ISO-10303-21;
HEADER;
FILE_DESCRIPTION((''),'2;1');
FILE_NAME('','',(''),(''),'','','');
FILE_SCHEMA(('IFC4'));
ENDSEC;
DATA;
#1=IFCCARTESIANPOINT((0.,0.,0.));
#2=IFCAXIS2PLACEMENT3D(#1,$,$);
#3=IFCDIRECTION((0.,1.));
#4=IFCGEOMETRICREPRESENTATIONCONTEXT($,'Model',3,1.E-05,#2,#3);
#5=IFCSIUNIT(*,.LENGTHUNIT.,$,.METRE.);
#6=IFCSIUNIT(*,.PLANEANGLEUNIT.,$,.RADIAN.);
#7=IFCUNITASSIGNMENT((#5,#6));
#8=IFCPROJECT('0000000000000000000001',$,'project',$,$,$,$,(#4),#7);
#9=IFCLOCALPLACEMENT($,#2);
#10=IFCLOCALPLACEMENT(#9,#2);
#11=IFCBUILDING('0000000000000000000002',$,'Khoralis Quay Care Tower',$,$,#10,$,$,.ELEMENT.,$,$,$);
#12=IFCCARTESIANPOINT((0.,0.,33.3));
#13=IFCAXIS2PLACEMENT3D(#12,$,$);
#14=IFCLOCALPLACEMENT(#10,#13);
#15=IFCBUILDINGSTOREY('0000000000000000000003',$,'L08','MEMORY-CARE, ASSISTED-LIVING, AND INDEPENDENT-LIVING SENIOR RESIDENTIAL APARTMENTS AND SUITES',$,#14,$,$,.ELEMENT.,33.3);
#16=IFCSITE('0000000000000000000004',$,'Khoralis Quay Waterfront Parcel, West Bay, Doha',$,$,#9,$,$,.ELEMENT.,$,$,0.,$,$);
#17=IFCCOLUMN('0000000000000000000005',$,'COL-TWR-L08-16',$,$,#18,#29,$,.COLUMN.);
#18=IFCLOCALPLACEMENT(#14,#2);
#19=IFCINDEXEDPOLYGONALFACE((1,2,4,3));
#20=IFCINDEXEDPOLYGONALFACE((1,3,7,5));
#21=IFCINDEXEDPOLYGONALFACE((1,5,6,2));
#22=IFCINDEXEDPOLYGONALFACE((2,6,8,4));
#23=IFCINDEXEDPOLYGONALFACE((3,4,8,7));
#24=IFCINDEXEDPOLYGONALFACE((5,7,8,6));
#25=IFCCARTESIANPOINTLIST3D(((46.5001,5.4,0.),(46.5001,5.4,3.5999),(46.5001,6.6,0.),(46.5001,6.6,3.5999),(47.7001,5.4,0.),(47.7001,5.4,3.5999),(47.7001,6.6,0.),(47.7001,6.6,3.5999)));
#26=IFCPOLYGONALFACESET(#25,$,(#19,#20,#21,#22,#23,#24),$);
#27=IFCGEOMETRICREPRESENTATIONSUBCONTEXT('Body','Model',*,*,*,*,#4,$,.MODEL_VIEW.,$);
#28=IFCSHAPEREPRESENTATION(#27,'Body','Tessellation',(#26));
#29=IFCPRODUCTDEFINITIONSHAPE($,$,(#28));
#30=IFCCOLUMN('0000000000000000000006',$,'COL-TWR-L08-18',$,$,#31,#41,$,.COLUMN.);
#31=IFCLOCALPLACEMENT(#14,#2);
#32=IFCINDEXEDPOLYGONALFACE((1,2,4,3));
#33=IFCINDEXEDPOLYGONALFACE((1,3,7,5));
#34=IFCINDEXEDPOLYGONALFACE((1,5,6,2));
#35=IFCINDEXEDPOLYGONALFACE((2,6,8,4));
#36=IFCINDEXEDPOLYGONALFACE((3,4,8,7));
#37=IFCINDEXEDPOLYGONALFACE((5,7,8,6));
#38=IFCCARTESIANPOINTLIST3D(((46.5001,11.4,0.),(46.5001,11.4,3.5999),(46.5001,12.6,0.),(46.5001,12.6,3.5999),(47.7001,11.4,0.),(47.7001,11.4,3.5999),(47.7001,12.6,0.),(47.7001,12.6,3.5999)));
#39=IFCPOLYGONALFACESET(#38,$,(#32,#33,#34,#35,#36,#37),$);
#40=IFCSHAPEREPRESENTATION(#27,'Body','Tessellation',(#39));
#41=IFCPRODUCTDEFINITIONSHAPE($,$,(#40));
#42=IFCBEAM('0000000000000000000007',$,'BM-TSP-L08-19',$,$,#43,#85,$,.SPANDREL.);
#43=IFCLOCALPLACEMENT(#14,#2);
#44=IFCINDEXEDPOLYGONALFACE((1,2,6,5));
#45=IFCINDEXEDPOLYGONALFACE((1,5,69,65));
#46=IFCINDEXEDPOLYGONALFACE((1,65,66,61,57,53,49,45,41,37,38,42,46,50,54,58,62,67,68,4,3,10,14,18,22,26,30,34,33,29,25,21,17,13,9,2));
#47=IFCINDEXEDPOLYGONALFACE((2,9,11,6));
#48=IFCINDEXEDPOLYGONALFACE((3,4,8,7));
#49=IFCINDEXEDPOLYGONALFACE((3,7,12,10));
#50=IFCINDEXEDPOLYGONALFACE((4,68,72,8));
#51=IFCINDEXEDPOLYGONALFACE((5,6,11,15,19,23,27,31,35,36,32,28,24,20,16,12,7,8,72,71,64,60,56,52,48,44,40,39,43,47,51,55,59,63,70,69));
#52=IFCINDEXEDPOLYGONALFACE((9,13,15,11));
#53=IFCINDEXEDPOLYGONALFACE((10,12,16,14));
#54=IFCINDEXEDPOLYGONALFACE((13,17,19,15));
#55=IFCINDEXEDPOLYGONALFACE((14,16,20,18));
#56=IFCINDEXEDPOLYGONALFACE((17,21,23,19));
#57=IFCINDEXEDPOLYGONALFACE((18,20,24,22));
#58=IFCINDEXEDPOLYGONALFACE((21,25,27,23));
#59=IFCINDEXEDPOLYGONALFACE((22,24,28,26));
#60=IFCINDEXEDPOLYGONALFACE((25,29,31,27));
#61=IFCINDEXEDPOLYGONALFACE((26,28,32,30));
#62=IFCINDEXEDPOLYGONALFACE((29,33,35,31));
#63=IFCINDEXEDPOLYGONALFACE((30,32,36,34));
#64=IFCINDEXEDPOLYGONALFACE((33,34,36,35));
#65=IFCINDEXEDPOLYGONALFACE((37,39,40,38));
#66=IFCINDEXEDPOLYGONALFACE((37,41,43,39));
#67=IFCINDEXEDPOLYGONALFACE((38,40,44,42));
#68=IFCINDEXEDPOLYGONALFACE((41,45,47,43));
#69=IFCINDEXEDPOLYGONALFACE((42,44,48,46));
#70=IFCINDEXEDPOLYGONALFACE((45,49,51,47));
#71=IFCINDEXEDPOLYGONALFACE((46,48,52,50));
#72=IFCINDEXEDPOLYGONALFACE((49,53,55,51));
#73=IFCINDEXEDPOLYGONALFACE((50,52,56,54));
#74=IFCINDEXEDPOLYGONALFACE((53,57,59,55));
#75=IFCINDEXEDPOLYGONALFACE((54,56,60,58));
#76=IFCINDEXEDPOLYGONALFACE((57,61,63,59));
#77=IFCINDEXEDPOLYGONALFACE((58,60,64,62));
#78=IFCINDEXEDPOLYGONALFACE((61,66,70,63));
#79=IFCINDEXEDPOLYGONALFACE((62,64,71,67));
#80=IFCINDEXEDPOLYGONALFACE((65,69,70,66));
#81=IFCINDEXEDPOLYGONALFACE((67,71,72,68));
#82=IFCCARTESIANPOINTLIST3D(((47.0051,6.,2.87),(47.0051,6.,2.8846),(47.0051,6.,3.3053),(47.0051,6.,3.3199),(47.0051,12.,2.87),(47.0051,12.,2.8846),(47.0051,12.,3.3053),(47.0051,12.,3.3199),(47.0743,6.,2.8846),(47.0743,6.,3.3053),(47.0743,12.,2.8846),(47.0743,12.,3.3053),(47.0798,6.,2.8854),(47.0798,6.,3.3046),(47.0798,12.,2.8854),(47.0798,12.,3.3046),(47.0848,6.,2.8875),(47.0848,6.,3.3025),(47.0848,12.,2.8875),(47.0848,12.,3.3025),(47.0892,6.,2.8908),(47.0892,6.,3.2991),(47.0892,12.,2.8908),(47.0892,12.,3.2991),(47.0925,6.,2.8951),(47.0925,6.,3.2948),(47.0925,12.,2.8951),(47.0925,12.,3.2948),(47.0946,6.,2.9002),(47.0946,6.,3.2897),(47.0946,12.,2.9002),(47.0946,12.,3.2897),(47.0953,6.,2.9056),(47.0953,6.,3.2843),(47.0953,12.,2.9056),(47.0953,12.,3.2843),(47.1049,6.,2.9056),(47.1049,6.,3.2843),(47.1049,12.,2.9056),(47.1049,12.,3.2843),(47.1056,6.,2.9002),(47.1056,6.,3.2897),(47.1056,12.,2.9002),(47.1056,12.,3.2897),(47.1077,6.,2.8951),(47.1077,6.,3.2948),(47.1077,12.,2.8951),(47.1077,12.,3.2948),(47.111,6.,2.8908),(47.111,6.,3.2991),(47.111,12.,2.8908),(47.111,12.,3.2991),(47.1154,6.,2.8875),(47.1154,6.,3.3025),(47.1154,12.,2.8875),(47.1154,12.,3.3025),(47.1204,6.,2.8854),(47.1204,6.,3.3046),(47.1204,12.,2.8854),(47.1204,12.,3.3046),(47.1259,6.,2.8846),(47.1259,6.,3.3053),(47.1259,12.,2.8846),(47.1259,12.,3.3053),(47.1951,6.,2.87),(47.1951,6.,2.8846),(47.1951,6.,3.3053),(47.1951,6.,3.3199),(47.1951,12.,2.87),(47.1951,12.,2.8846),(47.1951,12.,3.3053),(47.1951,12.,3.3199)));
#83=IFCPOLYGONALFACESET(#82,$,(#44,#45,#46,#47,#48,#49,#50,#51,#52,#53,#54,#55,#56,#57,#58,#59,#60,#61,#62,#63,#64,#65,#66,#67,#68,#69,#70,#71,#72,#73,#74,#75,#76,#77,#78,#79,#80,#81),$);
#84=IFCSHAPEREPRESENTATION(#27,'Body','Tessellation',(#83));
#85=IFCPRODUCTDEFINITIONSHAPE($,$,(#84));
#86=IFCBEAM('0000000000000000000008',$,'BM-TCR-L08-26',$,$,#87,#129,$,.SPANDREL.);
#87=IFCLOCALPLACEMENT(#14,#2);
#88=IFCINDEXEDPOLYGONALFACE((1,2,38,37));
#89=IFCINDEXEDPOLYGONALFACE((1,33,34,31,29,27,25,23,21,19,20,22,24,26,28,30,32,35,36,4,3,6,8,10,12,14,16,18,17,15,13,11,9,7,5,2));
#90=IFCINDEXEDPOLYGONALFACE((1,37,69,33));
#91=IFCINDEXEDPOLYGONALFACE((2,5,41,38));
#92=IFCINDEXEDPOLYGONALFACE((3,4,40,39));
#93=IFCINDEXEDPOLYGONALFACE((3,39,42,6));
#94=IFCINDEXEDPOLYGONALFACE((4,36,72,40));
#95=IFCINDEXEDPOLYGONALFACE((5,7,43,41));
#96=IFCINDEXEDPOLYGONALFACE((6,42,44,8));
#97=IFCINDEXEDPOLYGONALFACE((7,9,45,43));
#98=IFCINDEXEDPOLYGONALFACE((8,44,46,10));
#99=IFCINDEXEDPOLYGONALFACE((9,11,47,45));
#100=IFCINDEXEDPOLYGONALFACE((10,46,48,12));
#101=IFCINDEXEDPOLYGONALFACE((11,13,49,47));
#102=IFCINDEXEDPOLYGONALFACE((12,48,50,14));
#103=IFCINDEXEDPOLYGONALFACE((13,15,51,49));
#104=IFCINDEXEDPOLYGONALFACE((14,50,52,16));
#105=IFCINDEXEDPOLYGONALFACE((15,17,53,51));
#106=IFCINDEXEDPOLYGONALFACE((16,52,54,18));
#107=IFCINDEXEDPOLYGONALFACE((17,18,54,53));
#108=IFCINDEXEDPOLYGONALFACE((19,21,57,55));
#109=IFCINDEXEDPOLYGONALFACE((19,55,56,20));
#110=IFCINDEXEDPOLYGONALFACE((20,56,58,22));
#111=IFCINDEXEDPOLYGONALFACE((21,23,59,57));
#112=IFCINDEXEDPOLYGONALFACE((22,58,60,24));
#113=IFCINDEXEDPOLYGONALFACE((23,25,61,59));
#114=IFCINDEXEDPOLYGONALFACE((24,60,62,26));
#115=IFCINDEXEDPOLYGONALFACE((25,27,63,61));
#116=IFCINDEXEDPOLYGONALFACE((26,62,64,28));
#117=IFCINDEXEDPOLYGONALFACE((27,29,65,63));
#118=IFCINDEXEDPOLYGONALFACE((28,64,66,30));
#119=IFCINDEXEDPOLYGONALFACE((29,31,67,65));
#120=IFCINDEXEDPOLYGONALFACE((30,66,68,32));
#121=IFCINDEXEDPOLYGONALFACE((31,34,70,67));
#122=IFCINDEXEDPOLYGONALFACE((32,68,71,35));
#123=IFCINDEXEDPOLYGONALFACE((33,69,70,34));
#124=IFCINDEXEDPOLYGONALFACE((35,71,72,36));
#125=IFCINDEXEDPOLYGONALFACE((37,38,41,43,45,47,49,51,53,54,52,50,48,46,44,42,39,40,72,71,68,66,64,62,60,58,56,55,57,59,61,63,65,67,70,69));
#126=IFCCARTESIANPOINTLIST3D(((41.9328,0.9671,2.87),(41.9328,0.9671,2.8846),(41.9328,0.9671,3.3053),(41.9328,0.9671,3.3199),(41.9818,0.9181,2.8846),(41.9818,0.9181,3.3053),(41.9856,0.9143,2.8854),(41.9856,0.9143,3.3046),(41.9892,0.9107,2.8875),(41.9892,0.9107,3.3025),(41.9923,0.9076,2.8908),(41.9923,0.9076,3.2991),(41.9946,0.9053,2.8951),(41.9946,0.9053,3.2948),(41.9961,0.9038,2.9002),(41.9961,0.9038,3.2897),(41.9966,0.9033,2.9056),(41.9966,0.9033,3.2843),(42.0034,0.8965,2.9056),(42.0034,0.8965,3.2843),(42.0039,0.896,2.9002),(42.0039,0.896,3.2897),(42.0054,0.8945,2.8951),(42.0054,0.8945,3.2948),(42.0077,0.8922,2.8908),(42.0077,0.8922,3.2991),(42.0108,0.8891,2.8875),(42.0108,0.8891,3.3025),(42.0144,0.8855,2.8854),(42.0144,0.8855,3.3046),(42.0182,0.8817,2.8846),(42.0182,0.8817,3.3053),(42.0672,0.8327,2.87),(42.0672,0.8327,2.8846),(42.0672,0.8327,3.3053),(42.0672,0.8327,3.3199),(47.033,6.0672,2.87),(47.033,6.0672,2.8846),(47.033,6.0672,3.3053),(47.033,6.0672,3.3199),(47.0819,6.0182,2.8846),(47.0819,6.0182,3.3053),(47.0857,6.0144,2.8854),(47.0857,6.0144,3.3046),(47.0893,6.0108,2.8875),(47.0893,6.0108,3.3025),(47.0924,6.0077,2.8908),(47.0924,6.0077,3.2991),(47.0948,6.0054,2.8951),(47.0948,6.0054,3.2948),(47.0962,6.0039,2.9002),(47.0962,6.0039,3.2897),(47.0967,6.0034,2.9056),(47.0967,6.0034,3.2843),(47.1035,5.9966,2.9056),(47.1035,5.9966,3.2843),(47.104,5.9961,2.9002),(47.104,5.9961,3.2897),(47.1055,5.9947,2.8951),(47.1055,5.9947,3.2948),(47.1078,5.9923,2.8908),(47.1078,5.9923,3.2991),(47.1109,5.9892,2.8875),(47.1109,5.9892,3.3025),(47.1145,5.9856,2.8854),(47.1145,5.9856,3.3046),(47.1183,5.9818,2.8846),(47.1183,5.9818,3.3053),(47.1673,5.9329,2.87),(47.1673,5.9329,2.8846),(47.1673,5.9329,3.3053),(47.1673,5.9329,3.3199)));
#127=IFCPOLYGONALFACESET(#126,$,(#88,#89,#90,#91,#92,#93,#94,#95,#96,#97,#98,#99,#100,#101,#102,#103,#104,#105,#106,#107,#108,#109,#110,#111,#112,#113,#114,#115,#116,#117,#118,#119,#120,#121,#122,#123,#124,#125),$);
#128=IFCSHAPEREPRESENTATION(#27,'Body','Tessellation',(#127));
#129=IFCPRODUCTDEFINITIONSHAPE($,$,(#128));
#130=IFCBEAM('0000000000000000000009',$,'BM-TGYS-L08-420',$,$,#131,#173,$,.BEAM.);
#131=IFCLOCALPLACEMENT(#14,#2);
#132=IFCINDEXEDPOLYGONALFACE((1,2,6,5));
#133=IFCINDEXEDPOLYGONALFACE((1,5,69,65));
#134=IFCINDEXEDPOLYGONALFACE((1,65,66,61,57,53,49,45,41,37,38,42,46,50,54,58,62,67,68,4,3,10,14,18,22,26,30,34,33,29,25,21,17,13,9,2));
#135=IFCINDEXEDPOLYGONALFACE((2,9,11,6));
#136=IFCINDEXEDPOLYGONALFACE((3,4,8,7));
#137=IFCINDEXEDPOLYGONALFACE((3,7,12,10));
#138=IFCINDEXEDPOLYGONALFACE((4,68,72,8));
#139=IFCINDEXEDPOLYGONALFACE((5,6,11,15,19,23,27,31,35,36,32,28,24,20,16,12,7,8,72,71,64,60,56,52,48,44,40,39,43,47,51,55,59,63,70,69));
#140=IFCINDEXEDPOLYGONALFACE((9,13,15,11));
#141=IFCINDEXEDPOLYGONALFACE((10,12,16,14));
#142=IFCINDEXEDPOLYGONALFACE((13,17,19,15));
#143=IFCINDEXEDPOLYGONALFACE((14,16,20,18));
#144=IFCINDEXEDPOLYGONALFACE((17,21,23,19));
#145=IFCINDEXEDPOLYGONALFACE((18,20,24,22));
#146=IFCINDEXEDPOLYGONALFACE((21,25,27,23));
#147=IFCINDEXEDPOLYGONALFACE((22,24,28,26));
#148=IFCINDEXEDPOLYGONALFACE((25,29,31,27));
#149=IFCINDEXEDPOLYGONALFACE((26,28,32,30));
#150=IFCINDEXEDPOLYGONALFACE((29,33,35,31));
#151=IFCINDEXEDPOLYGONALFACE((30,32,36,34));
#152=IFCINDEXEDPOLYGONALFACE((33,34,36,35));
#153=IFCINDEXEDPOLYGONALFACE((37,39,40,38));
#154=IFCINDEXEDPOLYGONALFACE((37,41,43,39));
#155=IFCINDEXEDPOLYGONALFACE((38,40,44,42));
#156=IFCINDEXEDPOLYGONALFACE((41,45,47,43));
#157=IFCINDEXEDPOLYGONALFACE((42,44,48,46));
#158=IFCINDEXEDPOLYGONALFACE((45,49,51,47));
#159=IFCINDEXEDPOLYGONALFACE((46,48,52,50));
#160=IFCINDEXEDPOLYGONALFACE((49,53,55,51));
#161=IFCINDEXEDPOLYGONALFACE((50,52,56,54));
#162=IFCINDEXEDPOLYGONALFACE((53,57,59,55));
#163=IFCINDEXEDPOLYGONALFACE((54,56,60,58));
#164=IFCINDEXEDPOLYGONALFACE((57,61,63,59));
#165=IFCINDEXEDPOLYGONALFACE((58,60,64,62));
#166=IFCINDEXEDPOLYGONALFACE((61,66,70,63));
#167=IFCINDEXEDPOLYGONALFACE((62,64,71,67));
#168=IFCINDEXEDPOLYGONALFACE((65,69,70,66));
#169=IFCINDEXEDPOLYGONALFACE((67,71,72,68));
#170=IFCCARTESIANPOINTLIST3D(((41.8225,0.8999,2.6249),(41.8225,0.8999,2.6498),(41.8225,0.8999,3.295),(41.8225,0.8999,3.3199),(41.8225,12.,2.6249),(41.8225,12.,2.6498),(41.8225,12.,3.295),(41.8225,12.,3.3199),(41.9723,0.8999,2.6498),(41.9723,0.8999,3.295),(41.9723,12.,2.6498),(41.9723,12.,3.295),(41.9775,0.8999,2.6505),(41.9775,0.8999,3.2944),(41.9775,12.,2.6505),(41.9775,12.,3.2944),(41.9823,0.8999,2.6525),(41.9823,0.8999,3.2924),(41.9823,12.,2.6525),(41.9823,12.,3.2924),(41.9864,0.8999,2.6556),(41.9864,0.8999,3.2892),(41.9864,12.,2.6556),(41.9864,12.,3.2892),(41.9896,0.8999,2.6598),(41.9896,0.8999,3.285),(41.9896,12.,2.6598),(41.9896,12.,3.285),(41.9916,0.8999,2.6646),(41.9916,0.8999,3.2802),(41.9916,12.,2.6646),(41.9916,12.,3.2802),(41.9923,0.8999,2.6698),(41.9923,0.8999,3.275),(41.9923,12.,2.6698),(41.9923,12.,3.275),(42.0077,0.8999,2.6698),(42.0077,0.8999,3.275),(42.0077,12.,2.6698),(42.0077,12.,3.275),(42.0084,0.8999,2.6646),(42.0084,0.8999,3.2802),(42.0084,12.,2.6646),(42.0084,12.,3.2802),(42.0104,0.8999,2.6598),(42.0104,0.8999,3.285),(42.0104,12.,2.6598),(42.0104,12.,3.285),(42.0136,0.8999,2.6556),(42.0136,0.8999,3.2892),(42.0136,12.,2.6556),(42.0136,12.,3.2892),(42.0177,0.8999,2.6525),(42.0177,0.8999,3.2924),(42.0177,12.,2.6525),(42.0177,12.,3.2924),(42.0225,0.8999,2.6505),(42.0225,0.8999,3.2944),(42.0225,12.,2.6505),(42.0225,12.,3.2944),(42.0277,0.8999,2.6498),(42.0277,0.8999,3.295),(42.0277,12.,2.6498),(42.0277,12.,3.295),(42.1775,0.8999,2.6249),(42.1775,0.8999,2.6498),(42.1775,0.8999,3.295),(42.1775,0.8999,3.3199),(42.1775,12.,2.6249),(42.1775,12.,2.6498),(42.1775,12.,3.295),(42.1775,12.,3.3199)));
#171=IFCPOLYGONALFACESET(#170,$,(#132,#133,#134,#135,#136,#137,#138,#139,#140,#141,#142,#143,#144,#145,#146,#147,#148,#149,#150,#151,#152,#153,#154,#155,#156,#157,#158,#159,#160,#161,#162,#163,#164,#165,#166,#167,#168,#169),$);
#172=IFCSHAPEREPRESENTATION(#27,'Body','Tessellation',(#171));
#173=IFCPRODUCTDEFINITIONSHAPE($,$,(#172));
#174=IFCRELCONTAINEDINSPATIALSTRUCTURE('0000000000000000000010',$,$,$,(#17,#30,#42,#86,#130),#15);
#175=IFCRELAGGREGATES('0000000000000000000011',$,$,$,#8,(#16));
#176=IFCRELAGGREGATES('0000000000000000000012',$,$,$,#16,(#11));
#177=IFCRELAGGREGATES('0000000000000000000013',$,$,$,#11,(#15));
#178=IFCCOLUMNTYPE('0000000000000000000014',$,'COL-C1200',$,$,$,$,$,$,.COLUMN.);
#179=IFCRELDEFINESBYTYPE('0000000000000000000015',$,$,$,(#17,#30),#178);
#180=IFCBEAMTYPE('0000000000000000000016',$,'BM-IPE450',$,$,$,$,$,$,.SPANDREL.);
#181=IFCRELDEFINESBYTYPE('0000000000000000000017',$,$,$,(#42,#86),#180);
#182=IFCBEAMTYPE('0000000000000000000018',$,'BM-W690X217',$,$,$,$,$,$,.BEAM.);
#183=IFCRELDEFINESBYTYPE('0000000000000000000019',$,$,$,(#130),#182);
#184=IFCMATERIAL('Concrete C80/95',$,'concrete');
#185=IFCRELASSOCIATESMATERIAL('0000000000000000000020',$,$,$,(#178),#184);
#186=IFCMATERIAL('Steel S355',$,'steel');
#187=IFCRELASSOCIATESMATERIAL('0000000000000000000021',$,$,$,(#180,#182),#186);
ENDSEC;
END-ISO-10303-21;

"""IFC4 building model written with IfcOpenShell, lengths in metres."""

from ifc_helpers import new_model, si_unit, direction, frame, origin, origin_2d, place, context, subcontext, project, spatial, rectangle, i_section, extrude, source, transform, mapped, material, material_profile, profile_set, type_object, element, save


model = new_model("IFC4")

# Units and contexts
model_context = context("Model", 3, precision=1e-05, world=origin(), true_north=direction((0.0, 1.0)))
body_context = subcontext(model_context, "Body", "Model", "MODEL_VIEW")
ifc_project = project(units=[si_unit("LENGTHUNIT", "METRE"), si_unit("PLANEANGLEUNIT", "RADIAN")], contexts=[model_context])

# Site, building, storey
site_placement = place(None, origin())
site = spatial("IfcSite", under=ifc_project, at=site_placement, Name="Khoralis Quay Waterfront Parcel, West Bay, Doha", CompositionType="ELEMENT", RefElevation=0.0)
building_placement = place(site_placement, origin())
building = spatial("IfcBuilding", under=site, at=building_placement, Name="Khoralis Quay Care Tower", CompositionType="ELEMENT")
storey_placement = place(building_placement, frame((0.0, 0.0, 33.3)))
storey = spatial("IfcBuildingStorey", under=building, at=storey_placement, Name="L08", Description="MEMORY-CARE, ASSISTED-LIVING, AND INDEPENDENT-LIVING SENIOR RESIDENTIAL APARTMENTS AND SUITES", CompositionType="ELEMENT", Elevation=33.3)

# Columns
ifc_material_1 = material(Name="Concrete C80/95", Category="concrete")
ifc_material_profile_1 = material_profile(ifc_material_1, rectangle(XDim=1.2, YDim=1.2, at=origin_2d()), Name="Concrete C80/95")
ifc_profile_set_1 = profile_set([ifc_material_profile_1], Name="Concrete C80/95")
column_type = type_object("IfcColumnType", Name="COL-C1200", PredefinedType="COLUMN", material=ifc_profile_set_1)
shared_shape_1 = source(origin(), body_context, "Body", "SweptSolid", [
    extrude(rectangle(XDim=1.2, YDim=1.2, at=origin_2d()), origin(), (0.0, 0.0, 1.0), 3.5999),
])
for number, where, z_axis, x_axis, name in (
    (1, (47.1001, 6.0, 0.0), (0.0, 0.0, 1.0), (1.0, 0.0, 0.0), "COL-TWR-L08-16"),
    (2, (47.1001, 12.0, 0.0), (0.0, 0.0, 1.0), (1.0, 0.0, 0.0), "COL-TWR-L08-18"),
):
    element("IfcColumn", number, at=place(storey_placement, frame(where, z_axis=z_axis, x_axis=x_axis)), inside=storey, type_object=column_type, Name=name, PredefinedType="COLUMN", context=body_context, shape_type="MappedRepresentation", body=[
        mapped(shared_shape_1, transform((0.0, 0.0, 0.0), scale=1.0)),
    ])

# Beams
ifc_material_2 = material(Name="Steel S355", Category="steel")
ifc_material_profile_2 = material_profile(ifc_material_2, i_section(OverallWidth=0.1899, OverallDepth=0.45, WebThickness=0.0095, FlangeThickness=0.0146, FilletRadius=0.021, at=origin_2d()), Name="Steel S355")
ifc_profile_set_2 = profile_set([ifc_material_profile_2], Name="Steel S355")
beam_type_1 = type_object("IfcBeamType", Name="BM-IPE450", PredefinedType="SPANDREL", material=ifc_profile_set_2)
shared_shape_2 = source(origin(), body_context, "Body", "SweptSolid", [
    extrude(i_section(OverallWidth=0.1899, OverallDepth=0.45, WebThickness=0.0095, FlangeThickness=0.0146, FilletRadius=0.021, at=origin_2d()), origin(), (0.0, 0.0, 1.0), 6.0),
])
beam_1_placement = place(storey_placement, frame((47.1001, 6.0, 3.095), z_axis=(0.0, 1.0, 0.0), x_axis=(-1.0, 0.0, 0.0)))
element("IfcBeam", 3, at=beam_1_placement, inside=storey, type_object=beam_type_1, Name="BM-TSP-L08-19", PredefinedType="SPANDREL", context=body_context, shape_type="MappedRepresentation", body=[
    mapped(shared_shape_2, transform((0.0, 0.0, 0.0), scale=1.0)),
])
shared_shape_3 = source(origin(), body_context, "Body", "SweptSolid", [
    extrude(i_section(OverallWidth=0.1899, OverallDepth=0.45, WebThickness=0.0095, FlangeThickness=0.0146, FilletRadius=0.021, at=origin_2d()), origin(), (0.0, 0.0, 1.0), 7.2126),
])
beam_2_placement = place(storey_placement, frame((42.0, 0.8999, 3.095), z_axis=(0.707107, 0.707107, 0.0), x_axis=(-0.707107, 0.707107, 0.0)))
element("IfcBeam", 4, at=beam_2_placement, inside=storey, type_object=beam_type_1, Name="BM-TCR-L08-26", PredefinedType="SPANDREL", context=body_context, shape_type="MappedRepresentation", body=[
    mapped(shared_shape_3, transform((0.0, 0.0, 0.0), scale=1.0)),
])
ifc_material_profile_3 = material_profile(ifc_material_2, i_section(OverallWidth=0.355, OverallDepth=0.6951, WebThickness=0.0154, FlangeThickness=0.0249, FilletRadius=0.02, at=origin_2d()), Name="Steel S355")
ifc_profile_set_3 = profile_set([ifc_material_profile_3], Name="Steel S355")
beam_type_2 = type_object("IfcBeamType", Name="BM-W690X217", PredefinedType="BEAM", material=ifc_profile_set_3)
shared_shape_4 = source(origin(), body_context, "Body", "SweptSolid", [
    extrude(i_section(OverallWidth=0.355, OverallDepth=0.6951, WebThickness=0.0154, FlangeThickness=0.0249, FilletRadius=0.02, at=origin_2d()), origin(), (0.0, 0.0, 1.0), 11.1001),
])
beam_3_placement = place(storey_placement, frame((42.0, 0.8999, 2.9724), z_axis=(0.0, 1.0, 0.0), x_axis=(-1.0, 0.0, 0.0)))
element("IfcBeam", 5, at=beam_3_placement, inside=storey, type_object=beam_type_2, Name="BM-TGYS-L08-420", PredefinedType="BEAM", context=body_context, shape_type="MappedRepresentation", body=[
    mapped(shared_shape_4, transform((0.0, 0.0, 0.0), scale=1.0)),
])

save(model, "model.ifc")
